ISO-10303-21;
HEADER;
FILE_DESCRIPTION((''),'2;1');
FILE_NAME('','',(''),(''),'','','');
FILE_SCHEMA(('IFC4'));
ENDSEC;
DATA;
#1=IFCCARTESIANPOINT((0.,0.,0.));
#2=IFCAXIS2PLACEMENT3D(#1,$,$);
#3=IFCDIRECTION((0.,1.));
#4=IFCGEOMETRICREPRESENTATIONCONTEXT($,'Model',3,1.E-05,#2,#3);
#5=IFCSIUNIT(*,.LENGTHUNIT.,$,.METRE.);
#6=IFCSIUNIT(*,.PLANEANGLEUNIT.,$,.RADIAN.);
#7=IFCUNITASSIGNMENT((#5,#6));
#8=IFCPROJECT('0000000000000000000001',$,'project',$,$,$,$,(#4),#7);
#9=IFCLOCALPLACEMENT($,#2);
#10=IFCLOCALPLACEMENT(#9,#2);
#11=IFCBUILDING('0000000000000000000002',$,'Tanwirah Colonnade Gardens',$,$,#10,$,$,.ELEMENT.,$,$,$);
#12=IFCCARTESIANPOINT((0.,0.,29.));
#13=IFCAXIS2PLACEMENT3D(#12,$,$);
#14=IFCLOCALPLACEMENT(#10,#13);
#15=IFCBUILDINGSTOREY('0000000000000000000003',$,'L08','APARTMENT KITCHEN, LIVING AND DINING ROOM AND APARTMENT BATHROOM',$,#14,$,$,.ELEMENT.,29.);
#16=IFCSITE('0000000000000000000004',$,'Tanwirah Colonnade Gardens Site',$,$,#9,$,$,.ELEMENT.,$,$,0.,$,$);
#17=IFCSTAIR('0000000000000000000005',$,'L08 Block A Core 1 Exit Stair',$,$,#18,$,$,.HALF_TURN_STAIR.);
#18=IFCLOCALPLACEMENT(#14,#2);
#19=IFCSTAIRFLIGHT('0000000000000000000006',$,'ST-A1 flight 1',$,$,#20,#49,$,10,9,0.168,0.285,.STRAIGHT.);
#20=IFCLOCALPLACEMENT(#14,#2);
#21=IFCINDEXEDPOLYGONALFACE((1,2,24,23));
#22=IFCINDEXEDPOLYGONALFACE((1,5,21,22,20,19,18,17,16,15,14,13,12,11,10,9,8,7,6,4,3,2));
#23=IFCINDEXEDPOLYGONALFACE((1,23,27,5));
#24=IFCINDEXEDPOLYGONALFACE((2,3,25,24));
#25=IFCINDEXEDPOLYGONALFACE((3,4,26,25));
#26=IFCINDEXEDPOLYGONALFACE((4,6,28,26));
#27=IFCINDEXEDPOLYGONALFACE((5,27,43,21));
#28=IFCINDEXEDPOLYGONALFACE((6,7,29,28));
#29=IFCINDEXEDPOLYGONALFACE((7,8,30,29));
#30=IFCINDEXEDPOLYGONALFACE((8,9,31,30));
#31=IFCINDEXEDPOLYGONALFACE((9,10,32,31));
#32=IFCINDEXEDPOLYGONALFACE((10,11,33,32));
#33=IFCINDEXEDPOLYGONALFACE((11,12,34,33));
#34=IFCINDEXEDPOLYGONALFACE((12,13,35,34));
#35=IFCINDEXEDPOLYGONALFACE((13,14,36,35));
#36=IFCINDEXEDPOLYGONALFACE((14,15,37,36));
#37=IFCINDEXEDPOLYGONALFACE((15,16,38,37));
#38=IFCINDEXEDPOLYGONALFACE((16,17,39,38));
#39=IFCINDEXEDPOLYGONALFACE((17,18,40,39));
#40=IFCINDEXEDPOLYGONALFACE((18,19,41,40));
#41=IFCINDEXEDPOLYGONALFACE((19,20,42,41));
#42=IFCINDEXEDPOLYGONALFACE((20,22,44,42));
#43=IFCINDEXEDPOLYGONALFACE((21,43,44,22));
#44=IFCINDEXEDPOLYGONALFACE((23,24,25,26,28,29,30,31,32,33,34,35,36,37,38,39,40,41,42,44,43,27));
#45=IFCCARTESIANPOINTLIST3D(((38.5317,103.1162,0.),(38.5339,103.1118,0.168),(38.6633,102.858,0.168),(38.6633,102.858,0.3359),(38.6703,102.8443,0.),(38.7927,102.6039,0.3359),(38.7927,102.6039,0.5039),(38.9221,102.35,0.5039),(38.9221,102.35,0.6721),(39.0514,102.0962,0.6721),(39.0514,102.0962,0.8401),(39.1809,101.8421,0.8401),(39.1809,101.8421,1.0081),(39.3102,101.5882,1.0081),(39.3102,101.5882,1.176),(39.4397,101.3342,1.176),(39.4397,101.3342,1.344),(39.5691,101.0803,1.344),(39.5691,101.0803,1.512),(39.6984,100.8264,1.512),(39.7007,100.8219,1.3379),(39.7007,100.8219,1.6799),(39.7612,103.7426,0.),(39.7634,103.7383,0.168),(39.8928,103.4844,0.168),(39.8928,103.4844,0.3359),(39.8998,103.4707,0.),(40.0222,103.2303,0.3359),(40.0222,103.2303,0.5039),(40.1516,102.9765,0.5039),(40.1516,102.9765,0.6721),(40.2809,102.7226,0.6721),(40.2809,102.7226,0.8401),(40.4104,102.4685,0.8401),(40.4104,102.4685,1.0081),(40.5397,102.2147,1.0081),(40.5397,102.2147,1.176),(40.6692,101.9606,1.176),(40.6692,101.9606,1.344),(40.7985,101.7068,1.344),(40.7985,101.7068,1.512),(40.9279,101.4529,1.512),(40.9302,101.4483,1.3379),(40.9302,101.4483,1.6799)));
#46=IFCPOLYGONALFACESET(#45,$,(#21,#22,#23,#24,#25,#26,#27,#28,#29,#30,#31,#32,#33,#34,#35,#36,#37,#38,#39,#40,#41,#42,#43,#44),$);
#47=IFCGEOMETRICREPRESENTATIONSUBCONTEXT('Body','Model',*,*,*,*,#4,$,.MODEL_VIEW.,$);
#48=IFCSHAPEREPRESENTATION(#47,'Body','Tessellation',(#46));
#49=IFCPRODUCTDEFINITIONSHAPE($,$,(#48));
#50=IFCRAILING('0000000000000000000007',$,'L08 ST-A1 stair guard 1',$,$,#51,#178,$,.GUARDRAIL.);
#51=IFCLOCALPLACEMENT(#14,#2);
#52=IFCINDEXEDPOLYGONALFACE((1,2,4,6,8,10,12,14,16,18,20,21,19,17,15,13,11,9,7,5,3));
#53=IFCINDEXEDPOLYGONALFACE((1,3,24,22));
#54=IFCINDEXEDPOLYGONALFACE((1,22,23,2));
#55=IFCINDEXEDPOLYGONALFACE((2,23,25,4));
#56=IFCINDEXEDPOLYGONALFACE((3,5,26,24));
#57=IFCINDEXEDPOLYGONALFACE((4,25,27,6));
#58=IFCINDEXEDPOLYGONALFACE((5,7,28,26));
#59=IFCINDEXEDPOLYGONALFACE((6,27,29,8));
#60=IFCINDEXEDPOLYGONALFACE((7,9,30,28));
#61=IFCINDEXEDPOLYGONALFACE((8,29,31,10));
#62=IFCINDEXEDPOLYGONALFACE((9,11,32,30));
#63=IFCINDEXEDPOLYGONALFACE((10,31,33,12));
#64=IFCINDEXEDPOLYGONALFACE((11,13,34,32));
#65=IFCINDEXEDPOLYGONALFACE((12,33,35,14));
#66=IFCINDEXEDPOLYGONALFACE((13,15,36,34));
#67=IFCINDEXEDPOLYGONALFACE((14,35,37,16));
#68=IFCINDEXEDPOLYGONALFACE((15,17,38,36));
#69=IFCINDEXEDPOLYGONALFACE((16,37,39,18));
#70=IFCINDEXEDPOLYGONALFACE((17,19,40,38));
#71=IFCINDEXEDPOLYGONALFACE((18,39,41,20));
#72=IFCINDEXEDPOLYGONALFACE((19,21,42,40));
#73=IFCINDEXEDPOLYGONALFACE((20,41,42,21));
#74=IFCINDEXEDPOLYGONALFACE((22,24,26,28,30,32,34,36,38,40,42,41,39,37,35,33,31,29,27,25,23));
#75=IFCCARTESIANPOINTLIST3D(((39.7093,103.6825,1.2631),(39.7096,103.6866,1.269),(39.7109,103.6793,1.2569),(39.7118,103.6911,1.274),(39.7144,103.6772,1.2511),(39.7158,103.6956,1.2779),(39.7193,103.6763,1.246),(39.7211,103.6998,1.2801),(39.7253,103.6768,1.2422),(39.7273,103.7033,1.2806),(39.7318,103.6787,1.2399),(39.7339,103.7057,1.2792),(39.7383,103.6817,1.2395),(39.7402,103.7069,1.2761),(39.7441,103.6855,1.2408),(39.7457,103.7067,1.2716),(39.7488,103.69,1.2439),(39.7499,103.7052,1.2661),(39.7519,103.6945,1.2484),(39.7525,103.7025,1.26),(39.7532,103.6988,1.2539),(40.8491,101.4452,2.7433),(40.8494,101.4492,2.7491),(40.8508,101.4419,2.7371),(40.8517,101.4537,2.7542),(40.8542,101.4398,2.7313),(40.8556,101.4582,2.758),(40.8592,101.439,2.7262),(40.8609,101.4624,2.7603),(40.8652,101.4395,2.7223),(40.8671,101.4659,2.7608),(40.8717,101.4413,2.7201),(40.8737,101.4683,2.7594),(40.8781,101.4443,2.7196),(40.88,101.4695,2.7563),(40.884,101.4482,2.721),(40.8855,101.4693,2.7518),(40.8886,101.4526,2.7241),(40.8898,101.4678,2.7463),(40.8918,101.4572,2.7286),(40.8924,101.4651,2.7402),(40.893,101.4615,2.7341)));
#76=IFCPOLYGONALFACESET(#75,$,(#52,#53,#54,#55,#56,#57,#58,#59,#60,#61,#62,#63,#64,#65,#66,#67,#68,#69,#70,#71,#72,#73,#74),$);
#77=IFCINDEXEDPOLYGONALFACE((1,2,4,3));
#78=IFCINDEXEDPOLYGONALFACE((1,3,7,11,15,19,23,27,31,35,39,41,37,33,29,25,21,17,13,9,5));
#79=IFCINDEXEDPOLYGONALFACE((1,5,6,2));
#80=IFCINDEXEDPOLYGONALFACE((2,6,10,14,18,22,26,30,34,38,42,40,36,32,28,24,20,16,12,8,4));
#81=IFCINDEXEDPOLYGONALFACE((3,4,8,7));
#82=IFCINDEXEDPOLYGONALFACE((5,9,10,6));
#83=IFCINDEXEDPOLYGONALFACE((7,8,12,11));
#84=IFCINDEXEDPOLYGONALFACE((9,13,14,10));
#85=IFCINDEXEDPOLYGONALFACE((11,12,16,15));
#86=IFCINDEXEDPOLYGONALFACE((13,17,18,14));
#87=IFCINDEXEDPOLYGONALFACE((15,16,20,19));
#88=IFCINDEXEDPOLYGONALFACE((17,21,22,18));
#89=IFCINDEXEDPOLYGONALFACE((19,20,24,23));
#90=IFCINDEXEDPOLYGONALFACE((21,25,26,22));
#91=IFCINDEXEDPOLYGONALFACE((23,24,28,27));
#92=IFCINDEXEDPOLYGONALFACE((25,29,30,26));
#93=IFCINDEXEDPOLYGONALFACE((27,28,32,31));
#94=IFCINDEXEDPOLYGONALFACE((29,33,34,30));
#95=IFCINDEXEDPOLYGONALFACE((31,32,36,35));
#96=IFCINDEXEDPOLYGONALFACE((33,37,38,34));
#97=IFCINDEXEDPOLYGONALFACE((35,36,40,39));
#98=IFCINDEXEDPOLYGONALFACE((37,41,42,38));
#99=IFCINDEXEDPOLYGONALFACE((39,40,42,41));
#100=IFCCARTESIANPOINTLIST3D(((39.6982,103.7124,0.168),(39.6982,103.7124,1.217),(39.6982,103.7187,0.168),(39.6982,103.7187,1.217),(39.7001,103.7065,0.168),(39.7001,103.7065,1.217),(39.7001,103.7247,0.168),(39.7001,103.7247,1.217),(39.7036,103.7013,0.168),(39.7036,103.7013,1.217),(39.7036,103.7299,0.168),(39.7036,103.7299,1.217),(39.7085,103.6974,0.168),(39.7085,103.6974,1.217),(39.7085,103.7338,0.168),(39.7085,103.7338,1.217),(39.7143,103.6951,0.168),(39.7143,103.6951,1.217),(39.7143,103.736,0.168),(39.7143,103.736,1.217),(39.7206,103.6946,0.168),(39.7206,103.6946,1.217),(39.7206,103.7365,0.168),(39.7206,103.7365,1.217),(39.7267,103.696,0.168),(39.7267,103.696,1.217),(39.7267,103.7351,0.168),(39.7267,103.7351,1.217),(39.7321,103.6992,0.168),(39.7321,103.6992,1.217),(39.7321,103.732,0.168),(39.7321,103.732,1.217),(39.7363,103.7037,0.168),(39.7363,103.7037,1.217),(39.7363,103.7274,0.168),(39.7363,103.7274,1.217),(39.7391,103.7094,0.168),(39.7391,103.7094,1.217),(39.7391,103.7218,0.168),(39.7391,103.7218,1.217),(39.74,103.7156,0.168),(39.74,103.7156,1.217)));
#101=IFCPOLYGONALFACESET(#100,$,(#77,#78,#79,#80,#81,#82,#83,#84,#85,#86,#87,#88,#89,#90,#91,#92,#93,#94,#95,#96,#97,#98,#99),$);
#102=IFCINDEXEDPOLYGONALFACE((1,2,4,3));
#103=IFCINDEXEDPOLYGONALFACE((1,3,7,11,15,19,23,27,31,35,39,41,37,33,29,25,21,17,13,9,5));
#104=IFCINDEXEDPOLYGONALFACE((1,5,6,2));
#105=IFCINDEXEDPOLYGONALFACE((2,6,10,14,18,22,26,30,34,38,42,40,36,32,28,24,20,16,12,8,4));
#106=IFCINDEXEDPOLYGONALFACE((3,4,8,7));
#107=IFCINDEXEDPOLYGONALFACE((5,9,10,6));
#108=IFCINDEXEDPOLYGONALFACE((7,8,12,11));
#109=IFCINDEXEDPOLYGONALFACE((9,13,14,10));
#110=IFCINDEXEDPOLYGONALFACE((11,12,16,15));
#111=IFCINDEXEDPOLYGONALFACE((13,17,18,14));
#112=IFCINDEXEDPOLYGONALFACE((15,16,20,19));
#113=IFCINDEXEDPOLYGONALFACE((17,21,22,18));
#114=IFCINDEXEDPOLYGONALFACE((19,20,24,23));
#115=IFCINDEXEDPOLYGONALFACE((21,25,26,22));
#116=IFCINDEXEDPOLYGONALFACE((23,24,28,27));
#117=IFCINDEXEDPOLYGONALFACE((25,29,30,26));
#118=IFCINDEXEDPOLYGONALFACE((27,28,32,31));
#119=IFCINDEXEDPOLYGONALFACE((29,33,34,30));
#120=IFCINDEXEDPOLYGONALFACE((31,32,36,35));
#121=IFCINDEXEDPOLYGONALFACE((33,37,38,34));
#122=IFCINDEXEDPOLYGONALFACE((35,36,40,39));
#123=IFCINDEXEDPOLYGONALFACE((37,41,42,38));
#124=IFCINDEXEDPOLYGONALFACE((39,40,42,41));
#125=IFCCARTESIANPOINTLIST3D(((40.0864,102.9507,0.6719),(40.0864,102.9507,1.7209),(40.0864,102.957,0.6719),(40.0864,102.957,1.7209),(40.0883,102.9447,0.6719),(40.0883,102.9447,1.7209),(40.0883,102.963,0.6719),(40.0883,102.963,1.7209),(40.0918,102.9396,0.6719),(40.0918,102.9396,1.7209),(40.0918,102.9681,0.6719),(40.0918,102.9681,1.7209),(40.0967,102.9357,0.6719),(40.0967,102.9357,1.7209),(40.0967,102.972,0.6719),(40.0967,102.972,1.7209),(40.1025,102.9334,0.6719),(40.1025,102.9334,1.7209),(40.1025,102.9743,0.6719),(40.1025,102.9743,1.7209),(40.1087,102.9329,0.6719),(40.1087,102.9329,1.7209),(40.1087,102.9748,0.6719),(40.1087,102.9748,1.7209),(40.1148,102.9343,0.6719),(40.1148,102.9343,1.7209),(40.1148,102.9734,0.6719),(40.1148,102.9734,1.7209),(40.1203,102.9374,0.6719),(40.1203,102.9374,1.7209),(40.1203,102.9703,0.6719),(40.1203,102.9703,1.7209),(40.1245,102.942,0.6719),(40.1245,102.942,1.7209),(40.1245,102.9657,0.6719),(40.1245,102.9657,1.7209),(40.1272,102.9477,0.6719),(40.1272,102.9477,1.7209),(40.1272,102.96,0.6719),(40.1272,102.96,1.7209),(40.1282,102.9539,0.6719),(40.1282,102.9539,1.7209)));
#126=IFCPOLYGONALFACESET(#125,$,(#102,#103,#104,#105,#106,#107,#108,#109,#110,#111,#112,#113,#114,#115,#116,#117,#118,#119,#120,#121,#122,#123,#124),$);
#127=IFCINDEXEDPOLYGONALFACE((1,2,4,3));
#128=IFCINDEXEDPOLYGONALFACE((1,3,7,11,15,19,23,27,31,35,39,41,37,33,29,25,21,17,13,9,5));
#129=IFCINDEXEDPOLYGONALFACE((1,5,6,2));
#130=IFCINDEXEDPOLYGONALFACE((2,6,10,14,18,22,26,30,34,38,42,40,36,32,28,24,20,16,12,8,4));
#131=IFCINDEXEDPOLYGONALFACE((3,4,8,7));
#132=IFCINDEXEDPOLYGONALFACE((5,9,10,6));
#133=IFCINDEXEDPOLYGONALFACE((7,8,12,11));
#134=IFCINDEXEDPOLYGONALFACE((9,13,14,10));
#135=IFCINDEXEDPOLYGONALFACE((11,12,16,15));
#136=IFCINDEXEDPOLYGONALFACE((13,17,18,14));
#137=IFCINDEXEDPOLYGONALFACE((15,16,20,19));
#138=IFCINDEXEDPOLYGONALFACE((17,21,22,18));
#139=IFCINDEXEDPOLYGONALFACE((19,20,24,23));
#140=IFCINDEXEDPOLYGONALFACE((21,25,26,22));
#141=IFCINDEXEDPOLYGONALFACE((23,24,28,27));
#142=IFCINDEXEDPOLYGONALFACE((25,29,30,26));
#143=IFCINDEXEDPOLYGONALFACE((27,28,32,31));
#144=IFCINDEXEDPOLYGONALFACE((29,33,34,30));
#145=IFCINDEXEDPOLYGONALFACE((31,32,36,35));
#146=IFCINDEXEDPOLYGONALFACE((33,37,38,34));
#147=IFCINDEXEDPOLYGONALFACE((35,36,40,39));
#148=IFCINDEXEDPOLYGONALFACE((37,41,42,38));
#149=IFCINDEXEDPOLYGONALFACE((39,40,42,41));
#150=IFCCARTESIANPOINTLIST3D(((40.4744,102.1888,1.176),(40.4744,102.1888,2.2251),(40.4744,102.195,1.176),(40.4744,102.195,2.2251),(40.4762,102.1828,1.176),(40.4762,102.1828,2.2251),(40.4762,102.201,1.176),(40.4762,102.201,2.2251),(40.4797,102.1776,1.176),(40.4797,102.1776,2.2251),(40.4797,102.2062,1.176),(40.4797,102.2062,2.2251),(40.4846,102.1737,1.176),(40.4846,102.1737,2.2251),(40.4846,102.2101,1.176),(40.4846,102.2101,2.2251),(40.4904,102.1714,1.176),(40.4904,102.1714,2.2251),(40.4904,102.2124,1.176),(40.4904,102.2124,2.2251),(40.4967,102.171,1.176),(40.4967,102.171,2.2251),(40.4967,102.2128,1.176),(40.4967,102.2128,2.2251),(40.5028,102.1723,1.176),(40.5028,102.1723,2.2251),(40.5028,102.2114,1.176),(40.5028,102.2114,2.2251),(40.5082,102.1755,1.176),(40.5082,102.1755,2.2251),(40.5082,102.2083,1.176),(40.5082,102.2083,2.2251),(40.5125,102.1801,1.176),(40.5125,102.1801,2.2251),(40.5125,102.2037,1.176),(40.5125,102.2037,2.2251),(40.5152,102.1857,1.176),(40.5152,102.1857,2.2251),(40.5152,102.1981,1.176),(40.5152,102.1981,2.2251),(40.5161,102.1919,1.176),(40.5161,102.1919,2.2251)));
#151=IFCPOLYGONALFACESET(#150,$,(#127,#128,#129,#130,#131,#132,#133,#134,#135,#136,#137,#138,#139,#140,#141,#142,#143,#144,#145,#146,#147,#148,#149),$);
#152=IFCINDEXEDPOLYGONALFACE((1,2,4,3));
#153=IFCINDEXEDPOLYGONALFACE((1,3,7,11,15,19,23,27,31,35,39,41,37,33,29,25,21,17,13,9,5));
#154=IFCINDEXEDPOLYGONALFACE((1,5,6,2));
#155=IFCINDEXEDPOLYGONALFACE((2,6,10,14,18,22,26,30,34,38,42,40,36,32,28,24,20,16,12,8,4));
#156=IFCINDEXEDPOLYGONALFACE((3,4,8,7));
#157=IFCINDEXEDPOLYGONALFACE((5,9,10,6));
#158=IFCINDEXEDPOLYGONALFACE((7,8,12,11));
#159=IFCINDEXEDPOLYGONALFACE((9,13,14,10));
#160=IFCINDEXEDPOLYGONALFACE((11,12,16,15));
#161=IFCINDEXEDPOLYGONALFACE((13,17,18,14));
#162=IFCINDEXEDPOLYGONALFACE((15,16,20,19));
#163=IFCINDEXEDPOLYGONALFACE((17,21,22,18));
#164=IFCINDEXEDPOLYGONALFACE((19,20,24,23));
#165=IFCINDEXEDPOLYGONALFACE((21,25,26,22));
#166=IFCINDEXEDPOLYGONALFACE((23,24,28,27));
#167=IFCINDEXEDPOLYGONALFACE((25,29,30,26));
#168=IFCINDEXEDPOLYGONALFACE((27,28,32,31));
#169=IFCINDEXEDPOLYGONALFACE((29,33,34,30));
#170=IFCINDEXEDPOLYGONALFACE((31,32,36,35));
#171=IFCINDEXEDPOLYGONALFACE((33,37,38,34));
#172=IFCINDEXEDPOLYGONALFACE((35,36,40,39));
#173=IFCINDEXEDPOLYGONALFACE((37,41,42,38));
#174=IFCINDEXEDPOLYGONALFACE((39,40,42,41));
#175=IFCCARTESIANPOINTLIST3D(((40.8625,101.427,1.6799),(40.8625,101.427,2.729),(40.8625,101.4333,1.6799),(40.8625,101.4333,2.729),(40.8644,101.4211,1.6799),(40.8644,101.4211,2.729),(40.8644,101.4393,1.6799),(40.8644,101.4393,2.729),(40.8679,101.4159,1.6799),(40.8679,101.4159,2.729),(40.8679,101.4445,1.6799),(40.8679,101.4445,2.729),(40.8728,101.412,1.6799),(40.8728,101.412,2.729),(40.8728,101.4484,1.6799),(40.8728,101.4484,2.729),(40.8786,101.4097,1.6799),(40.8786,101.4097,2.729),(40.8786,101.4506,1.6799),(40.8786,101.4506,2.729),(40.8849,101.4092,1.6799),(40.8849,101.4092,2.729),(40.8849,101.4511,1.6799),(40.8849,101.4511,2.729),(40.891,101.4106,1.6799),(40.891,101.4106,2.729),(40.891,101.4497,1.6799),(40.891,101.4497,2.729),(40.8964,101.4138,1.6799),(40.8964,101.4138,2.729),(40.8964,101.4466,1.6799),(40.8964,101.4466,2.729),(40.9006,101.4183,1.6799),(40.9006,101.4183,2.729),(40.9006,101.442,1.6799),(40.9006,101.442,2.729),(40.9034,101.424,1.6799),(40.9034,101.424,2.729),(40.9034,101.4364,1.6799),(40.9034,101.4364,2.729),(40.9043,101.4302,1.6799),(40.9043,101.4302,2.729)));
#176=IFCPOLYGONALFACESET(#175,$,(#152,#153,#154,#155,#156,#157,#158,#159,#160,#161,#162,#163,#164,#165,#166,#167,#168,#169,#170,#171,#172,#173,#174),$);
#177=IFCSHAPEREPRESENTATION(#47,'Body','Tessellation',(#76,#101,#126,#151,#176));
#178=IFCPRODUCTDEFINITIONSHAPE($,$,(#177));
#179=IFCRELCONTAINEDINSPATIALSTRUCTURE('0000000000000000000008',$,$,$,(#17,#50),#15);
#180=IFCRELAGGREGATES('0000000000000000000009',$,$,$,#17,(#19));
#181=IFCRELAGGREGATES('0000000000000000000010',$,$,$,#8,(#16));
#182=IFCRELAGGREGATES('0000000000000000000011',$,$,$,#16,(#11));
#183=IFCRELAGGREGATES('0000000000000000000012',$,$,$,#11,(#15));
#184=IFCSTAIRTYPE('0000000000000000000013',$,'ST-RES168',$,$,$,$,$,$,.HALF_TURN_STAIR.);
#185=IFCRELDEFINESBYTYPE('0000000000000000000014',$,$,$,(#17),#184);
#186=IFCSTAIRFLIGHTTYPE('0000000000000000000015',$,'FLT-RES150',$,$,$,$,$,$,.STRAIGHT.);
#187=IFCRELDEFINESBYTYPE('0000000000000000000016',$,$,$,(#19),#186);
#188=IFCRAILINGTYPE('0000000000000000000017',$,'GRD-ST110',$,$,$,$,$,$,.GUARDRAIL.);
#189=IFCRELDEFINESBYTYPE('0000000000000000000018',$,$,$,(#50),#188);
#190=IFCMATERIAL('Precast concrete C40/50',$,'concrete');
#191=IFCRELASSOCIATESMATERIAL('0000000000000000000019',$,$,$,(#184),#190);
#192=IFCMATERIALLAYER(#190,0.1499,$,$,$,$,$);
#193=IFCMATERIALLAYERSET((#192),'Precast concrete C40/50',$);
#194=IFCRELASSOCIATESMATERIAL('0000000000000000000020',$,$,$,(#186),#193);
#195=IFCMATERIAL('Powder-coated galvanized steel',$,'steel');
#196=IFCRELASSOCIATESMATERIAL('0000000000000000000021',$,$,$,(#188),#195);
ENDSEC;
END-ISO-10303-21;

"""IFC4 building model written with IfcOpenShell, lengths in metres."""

from ifc_helpers import new_model, si_unit, direction, frame, origin, origin_2d, place, context, subcontext, project, spatial, polyline, circle, outline, extrude, material, layer, layer_set, type_object, element, aggregate, save


model = new_model("IFC4")

# Units and contexts
model_context = context("Model", 3, precision=1e-05, world=origin(), true_north=direction((0.0, 1.0)))
body_context = subcontext(model_context, "Body", "Model", "MODEL_VIEW")
ifc_project = project(units=[si_unit("LENGTHUNIT", "METRE"), si_unit("PLANEANGLEUNIT", "RADIAN")], contexts=[model_context])

# Site, building, storey
site_placement = place(None, origin())
site = spatial("IfcSite", under=ifc_project, at=site_placement, Name="Tanwirah Colonnade Gardens Site", CompositionType="ELEMENT", RefElevation=0.0)
building_placement = place(site_placement, origin())
building = spatial("IfcBuilding", under=site, at=building_placement, Name="Tanwirah Colonnade Gardens", CompositionType="ELEMENT")
storey_placement = place(building_placement, frame((0.0, 0.0, 29.0)))
storey = spatial("IfcBuildingStorey", under=building, at=storey_placement, Name="L08", Description="APARTMENT KITCHEN, LIVING AND DINING ROOM AND APARTMENT BATHROOM", CompositionType="ELEMENT", Elevation=29.0)

# Shared definitions
ifc_material_1 = material(Name="Precast concrete C40/50", Category="concrete")

# Stair, stair flight
stair_type = type_object("IfcStairType", Name="ST-RES168", PredefinedType="HALF_TURN_STAIR", material=ifc_material_1)
stair_placement = place(storey_placement, origin())
stair = element("IfcStair", 1, at=stair_placement, inside=storey, type_object=stair_type, Name="L08 Block A Core 1 Exit Stair", PredefinedType="HALF_TURN_STAIR")
ifc_layer_1 = layer(ifc_material_1, 0.1499)
ifc_layer_set_1 = layer_set([ifc_layer_1], Name="Precast concrete C40/50")
stair_flight_type = type_object("IfcStairFlightType", Name="FLT-RES150", PredefinedType="STRAIGHT", material=ifc_layer_set_1)
stair_flight_placement = place(storey_placement, frame((39.1487, 103.425, 0.0), z_axis=(0.0, 0.0, 1.0), x_axis=(0.45399, -0.891007, 0.0)))
stair_flight = element("IfcStairFlight", 2, at=stair_flight_placement, type_object=stair_flight_type, Name="ST-A1 flight 1", NumberOfRisers=10, NumberOfTreads=9, PredefinedType="STRAIGHT", RiserHeight=0.168, TreadLength=0.285, context=body_context, shape_type="SweptSolid", body=[
    extrude(outline(polyline([(-0.0049, 0.0), (0.0, 0.168), (0.2849, 0.168), (0.2849, 0.3359), (0.5701, 0.3359), (0.5701, 0.5039), (0.855, 0.5039), (0.855, 0.6721), (1.1399, 0.6721), (1.1399, 0.8401), (1.425, 0.8401), (1.425, 1.0081), (1.71, 1.0081), (1.71, 1.176), (1.9951, 1.176), (1.9951, 1.344), (2.28, 1.344), (2.28, 1.512), (2.5649, 1.512), (2.5701, 1.6799), (2.5701, 1.3379), (0.3003, 0.0), (-0.0049, 0.0)])), frame((0.0, 0.6899, 0.0), z_axis=(0.0, -1.0, 0.0), x_axis=(1.0, 0.0, 0.0)), (0.0, 0.0, 1.0), 1.3799),
])
aggregate(stair, [stair_flight])

# Railing
ifc_material_2 = material(Name="Powder-coated galvanized steel", Category="steel")
railing_type_1 = type_object("IfcRailingType", Name="GRD-ST110", PredefinedType="GUARDRAIL", material=ifc_material_2)
railing_1_placement = place(storey_placement, frame((39.719, 103.7156, 0.168)))
element("IfcRailing", 3, at=railing_1_placement, inside=storey, type_object=railing_type_1, Name="L08 ST-A1 stair guard 1", PredefinedType="GUARDRAIL", context=body_context, shape_type="SweptSolid", body=[
    extrude(circle(Radius=0.0239, at=origin_2d()), frame((0.0122, -0.0239, 1.092), z_axis=(0.391053, -0.767592, 0.507819), x_axis=(0.891032, 0.45394, 0.0)), (0.0, 0.0, 1.0), 2.9148),
    extrude(circle(Radius=0.021, at=origin_2d()), origin(), (0.0, 0.0, 1.0), 1.0491),
    extrude(circle(Radius=0.021, at=origin_2d()), frame((0.3882, -0.7617, 0.5039)), (0.0, 0.0, 1.0), 1.0491),
    extrude(circle(Radius=0.021, at=origin_2d()), frame((0.7761, -1.5237, 1.0081)), (0.0, 0.0, 1.0), 1.0491),
    extrude(circle(Radius=0.021, at=origin_2d()), frame((1.1643, -2.2854, 1.512)), (0.0, 0.0, 1.0), 1.0491),
])

save(model, "model.ifc")
